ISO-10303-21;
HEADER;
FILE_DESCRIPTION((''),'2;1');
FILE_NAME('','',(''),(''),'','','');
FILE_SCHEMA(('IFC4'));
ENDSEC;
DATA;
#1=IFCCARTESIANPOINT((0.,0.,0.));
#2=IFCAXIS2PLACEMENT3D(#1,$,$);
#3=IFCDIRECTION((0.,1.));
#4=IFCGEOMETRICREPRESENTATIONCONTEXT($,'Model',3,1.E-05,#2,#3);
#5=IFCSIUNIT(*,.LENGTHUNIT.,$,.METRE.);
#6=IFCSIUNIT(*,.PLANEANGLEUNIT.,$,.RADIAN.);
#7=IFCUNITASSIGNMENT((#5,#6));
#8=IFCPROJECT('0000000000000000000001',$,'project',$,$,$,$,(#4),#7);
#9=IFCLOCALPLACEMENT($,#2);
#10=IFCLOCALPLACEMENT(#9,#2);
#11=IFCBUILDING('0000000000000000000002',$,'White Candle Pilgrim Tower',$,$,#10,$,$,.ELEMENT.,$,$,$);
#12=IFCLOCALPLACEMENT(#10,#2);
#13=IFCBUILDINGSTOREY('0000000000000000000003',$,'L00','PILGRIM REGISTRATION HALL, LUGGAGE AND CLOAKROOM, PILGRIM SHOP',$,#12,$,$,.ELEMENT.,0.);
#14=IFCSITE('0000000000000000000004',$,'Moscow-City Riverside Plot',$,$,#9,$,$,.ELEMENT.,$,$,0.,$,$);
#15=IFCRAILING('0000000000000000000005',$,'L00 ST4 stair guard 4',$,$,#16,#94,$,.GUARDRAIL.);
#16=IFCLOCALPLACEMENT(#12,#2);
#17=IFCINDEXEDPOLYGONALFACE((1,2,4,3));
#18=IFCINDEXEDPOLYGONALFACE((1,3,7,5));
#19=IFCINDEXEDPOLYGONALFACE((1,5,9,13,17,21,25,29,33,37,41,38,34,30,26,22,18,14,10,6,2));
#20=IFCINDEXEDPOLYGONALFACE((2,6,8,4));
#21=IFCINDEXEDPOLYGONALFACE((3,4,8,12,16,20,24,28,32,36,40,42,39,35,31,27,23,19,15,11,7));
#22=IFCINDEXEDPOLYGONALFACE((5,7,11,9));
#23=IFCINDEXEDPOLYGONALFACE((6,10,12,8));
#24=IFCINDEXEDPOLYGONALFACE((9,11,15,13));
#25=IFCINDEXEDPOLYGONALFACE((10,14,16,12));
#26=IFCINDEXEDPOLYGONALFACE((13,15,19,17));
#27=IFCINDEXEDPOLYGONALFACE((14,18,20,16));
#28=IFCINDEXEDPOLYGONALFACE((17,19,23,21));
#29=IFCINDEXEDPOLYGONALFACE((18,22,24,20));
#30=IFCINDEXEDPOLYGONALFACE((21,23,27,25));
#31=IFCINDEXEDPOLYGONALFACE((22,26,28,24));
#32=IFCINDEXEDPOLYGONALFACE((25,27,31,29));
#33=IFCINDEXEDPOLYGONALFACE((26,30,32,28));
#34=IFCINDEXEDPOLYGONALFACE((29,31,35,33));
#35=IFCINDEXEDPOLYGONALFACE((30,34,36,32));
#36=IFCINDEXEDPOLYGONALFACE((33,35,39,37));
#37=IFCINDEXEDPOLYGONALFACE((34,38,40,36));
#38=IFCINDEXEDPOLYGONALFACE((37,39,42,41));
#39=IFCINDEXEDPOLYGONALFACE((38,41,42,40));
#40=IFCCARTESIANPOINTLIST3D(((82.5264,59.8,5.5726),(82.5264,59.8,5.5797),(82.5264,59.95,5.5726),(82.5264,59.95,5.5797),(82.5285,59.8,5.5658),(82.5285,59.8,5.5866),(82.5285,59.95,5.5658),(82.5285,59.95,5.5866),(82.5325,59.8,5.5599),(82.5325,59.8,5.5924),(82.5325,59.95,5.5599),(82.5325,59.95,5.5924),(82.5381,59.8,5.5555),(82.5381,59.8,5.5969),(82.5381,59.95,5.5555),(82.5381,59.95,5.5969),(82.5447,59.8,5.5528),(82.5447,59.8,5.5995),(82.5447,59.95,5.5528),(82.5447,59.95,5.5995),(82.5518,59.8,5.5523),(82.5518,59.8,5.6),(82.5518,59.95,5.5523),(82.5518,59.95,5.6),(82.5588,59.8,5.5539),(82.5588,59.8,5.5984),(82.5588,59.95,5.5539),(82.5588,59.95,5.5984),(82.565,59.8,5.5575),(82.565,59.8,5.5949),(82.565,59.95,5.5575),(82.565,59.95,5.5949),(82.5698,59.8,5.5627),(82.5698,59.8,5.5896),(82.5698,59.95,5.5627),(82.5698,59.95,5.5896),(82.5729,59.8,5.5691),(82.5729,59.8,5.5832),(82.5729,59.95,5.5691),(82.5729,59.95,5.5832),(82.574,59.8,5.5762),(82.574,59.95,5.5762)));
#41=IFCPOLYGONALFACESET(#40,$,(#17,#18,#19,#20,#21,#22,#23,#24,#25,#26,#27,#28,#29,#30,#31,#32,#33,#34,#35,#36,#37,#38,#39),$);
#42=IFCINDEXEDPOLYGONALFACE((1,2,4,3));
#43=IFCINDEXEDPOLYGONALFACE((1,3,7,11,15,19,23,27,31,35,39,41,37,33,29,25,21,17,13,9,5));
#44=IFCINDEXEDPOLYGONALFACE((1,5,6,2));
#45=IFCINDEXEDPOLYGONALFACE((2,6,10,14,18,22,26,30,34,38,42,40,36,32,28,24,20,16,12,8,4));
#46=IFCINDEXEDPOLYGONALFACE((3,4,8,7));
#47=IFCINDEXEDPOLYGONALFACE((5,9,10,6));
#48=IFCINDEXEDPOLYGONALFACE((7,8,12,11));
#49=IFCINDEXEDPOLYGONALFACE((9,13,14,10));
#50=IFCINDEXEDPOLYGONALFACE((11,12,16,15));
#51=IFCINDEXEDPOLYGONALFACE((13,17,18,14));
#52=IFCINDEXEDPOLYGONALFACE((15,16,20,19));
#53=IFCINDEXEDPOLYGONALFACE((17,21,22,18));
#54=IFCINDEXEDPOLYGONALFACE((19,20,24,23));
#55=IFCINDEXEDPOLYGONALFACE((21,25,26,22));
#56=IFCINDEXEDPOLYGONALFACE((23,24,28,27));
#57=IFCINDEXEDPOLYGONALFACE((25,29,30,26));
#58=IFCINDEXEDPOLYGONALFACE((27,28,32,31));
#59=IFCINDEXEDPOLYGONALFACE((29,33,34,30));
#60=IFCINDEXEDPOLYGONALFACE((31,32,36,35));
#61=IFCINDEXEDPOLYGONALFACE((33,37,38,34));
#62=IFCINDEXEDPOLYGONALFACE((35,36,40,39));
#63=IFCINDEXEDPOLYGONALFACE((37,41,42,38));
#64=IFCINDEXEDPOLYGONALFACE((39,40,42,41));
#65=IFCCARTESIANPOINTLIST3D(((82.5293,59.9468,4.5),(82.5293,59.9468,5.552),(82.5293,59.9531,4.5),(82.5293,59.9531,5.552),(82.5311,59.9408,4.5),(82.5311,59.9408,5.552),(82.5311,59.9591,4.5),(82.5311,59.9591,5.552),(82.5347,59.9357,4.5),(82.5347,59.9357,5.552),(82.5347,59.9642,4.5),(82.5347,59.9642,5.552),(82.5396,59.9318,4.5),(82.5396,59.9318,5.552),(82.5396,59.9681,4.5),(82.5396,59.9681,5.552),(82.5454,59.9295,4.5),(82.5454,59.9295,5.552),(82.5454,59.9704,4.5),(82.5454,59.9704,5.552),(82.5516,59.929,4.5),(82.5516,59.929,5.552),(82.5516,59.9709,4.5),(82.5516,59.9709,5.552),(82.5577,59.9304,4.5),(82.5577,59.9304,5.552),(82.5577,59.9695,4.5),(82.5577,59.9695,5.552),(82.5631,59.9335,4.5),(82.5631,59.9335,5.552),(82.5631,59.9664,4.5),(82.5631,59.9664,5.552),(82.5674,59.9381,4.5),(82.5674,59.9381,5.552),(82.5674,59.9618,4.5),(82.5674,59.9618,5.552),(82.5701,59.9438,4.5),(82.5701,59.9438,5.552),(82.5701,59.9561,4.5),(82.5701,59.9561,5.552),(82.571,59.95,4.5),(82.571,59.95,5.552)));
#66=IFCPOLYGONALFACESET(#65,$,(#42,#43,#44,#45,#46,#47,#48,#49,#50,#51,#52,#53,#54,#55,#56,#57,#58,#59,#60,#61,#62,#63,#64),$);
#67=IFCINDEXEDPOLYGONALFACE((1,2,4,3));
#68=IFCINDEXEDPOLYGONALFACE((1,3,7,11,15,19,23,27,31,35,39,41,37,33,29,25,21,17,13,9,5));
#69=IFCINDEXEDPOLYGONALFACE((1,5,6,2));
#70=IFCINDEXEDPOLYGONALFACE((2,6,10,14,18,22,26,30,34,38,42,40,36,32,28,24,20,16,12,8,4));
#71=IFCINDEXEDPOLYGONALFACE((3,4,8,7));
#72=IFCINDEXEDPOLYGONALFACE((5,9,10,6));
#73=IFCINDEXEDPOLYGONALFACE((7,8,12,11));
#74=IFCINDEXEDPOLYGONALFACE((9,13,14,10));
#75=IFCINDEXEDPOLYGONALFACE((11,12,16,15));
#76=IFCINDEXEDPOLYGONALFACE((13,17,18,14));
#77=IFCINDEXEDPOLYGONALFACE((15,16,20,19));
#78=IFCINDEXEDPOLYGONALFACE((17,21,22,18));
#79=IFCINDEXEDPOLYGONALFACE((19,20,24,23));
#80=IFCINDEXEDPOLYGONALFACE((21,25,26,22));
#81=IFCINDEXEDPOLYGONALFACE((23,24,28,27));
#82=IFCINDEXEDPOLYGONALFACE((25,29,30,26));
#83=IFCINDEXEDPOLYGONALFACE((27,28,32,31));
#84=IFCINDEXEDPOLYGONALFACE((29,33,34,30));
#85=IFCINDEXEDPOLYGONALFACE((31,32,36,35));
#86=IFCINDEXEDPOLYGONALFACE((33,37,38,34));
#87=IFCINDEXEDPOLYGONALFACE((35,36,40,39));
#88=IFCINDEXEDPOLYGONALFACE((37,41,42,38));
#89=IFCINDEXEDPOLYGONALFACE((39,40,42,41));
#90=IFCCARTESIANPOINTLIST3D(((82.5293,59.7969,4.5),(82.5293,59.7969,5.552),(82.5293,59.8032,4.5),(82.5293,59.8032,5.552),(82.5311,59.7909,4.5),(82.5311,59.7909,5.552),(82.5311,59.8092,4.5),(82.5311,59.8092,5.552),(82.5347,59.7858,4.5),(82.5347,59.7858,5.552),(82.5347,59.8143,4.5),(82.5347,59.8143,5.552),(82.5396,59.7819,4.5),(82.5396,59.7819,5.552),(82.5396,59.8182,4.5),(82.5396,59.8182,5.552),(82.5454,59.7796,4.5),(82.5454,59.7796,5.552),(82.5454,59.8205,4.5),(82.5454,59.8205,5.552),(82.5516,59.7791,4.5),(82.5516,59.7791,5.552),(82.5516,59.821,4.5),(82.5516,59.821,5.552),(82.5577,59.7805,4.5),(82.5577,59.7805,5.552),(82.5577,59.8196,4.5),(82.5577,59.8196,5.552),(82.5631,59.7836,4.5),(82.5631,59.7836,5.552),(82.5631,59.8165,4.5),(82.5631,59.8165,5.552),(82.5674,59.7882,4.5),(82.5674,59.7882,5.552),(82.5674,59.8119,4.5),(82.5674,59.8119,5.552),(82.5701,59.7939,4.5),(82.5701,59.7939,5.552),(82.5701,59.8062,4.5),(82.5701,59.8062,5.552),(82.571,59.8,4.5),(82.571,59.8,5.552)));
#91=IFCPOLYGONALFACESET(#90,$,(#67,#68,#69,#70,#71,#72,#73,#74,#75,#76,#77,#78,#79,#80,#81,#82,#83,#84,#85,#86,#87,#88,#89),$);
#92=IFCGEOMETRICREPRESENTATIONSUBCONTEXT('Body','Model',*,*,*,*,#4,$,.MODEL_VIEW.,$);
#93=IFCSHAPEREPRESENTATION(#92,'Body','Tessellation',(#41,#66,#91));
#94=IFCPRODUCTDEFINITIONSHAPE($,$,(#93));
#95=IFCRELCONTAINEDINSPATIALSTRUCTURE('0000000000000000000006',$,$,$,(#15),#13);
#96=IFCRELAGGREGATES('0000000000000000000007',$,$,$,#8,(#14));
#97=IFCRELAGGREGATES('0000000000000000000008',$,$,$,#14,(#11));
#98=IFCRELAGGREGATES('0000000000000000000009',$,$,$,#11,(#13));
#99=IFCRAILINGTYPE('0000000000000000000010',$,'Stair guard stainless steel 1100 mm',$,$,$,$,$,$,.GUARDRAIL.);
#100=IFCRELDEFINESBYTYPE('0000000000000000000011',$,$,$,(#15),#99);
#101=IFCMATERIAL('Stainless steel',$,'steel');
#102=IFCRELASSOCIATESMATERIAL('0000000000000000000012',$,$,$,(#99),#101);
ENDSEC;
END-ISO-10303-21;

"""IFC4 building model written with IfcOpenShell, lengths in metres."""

from ifc_helpers import new_model, si_unit, direction, frame, origin, origin_2d, place, context, subcontext, project, spatial, circle, extrude, material, type_object, element, save


model = new_model("IFC4")

# Units and contexts
model_context = context("Model", 3, precision=1e-05, world=origin(), true_north=direction((0.0, 1.0)))
body_context = subcontext(model_context, "Body", "Model", "MODEL_VIEW")
ifc_project = project(units=[si_unit("LENGTHUNIT", "METRE"), si_unit("PLANEANGLEUNIT", "RADIAN")], contexts=[model_context])

# Site, building, storey
site_placement = place(None, origin())
site = spatial("IfcSite", under=ifc_project, at=site_placement, Name="Moscow-City Riverside Plot", CompositionType="ELEMENT", RefElevation=0.0)
building_placement = place(site_placement, origin())
building = spatial("IfcBuilding", under=site, at=building_placement, Name="White Candle Pilgrim Tower", CompositionType="ELEMENT")
storey_placement = place(building_placement, origin())
storey = spatial("IfcBuildingStorey", under=building, at=storey_placement, Name="L00", Description="PILGRIM REGISTRATION HALL, LUGGAGE AND CLOAKROOM, PILGRIM SHOP", CompositionType="ELEMENT", Elevation=0.0)

# Railing
ifc_material_1 = material(Name="Stainless steel", Category="steel")
railing_type_1 = type_object("IfcRailingType", Name="Stair guard stainless steel 1100 mm", PredefinedType="GUARDRAIL", material=ifc_material_1)
railing_1_placement = place(storey_placement, frame((82.55, 59.95, 4.5)))
element("IfcRailing", 1, at=railing_1_placement, inside=storey, type_object=railing_type_1, Name="L00 ST4 stair guard 4", PredefinedType="GUARDRAIL", context=body_context, shape_type="SweptSolid", body=[
    extrude(circle(Radius=0.0239, at=origin_2d()), frame((0.0, 0.0, 1.0762), z_axis=(0.0, -1.0, 0.0), x_axis=(1.0, 0.0, 0.0)), (0.0, 0.0, 1.0), 0.1499),
    extrude(circle(Radius=0.021, at=origin_2d()), origin(), (0.0, 0.0, 1.0), 1.052),
    extrude(circle(Radius=0.021, at=origin_2d()), frame((0.0, -0.1499, 0.0)), (0.0, 0.0, 1.0), 1.052),
])

save(model, "model.ifc")
